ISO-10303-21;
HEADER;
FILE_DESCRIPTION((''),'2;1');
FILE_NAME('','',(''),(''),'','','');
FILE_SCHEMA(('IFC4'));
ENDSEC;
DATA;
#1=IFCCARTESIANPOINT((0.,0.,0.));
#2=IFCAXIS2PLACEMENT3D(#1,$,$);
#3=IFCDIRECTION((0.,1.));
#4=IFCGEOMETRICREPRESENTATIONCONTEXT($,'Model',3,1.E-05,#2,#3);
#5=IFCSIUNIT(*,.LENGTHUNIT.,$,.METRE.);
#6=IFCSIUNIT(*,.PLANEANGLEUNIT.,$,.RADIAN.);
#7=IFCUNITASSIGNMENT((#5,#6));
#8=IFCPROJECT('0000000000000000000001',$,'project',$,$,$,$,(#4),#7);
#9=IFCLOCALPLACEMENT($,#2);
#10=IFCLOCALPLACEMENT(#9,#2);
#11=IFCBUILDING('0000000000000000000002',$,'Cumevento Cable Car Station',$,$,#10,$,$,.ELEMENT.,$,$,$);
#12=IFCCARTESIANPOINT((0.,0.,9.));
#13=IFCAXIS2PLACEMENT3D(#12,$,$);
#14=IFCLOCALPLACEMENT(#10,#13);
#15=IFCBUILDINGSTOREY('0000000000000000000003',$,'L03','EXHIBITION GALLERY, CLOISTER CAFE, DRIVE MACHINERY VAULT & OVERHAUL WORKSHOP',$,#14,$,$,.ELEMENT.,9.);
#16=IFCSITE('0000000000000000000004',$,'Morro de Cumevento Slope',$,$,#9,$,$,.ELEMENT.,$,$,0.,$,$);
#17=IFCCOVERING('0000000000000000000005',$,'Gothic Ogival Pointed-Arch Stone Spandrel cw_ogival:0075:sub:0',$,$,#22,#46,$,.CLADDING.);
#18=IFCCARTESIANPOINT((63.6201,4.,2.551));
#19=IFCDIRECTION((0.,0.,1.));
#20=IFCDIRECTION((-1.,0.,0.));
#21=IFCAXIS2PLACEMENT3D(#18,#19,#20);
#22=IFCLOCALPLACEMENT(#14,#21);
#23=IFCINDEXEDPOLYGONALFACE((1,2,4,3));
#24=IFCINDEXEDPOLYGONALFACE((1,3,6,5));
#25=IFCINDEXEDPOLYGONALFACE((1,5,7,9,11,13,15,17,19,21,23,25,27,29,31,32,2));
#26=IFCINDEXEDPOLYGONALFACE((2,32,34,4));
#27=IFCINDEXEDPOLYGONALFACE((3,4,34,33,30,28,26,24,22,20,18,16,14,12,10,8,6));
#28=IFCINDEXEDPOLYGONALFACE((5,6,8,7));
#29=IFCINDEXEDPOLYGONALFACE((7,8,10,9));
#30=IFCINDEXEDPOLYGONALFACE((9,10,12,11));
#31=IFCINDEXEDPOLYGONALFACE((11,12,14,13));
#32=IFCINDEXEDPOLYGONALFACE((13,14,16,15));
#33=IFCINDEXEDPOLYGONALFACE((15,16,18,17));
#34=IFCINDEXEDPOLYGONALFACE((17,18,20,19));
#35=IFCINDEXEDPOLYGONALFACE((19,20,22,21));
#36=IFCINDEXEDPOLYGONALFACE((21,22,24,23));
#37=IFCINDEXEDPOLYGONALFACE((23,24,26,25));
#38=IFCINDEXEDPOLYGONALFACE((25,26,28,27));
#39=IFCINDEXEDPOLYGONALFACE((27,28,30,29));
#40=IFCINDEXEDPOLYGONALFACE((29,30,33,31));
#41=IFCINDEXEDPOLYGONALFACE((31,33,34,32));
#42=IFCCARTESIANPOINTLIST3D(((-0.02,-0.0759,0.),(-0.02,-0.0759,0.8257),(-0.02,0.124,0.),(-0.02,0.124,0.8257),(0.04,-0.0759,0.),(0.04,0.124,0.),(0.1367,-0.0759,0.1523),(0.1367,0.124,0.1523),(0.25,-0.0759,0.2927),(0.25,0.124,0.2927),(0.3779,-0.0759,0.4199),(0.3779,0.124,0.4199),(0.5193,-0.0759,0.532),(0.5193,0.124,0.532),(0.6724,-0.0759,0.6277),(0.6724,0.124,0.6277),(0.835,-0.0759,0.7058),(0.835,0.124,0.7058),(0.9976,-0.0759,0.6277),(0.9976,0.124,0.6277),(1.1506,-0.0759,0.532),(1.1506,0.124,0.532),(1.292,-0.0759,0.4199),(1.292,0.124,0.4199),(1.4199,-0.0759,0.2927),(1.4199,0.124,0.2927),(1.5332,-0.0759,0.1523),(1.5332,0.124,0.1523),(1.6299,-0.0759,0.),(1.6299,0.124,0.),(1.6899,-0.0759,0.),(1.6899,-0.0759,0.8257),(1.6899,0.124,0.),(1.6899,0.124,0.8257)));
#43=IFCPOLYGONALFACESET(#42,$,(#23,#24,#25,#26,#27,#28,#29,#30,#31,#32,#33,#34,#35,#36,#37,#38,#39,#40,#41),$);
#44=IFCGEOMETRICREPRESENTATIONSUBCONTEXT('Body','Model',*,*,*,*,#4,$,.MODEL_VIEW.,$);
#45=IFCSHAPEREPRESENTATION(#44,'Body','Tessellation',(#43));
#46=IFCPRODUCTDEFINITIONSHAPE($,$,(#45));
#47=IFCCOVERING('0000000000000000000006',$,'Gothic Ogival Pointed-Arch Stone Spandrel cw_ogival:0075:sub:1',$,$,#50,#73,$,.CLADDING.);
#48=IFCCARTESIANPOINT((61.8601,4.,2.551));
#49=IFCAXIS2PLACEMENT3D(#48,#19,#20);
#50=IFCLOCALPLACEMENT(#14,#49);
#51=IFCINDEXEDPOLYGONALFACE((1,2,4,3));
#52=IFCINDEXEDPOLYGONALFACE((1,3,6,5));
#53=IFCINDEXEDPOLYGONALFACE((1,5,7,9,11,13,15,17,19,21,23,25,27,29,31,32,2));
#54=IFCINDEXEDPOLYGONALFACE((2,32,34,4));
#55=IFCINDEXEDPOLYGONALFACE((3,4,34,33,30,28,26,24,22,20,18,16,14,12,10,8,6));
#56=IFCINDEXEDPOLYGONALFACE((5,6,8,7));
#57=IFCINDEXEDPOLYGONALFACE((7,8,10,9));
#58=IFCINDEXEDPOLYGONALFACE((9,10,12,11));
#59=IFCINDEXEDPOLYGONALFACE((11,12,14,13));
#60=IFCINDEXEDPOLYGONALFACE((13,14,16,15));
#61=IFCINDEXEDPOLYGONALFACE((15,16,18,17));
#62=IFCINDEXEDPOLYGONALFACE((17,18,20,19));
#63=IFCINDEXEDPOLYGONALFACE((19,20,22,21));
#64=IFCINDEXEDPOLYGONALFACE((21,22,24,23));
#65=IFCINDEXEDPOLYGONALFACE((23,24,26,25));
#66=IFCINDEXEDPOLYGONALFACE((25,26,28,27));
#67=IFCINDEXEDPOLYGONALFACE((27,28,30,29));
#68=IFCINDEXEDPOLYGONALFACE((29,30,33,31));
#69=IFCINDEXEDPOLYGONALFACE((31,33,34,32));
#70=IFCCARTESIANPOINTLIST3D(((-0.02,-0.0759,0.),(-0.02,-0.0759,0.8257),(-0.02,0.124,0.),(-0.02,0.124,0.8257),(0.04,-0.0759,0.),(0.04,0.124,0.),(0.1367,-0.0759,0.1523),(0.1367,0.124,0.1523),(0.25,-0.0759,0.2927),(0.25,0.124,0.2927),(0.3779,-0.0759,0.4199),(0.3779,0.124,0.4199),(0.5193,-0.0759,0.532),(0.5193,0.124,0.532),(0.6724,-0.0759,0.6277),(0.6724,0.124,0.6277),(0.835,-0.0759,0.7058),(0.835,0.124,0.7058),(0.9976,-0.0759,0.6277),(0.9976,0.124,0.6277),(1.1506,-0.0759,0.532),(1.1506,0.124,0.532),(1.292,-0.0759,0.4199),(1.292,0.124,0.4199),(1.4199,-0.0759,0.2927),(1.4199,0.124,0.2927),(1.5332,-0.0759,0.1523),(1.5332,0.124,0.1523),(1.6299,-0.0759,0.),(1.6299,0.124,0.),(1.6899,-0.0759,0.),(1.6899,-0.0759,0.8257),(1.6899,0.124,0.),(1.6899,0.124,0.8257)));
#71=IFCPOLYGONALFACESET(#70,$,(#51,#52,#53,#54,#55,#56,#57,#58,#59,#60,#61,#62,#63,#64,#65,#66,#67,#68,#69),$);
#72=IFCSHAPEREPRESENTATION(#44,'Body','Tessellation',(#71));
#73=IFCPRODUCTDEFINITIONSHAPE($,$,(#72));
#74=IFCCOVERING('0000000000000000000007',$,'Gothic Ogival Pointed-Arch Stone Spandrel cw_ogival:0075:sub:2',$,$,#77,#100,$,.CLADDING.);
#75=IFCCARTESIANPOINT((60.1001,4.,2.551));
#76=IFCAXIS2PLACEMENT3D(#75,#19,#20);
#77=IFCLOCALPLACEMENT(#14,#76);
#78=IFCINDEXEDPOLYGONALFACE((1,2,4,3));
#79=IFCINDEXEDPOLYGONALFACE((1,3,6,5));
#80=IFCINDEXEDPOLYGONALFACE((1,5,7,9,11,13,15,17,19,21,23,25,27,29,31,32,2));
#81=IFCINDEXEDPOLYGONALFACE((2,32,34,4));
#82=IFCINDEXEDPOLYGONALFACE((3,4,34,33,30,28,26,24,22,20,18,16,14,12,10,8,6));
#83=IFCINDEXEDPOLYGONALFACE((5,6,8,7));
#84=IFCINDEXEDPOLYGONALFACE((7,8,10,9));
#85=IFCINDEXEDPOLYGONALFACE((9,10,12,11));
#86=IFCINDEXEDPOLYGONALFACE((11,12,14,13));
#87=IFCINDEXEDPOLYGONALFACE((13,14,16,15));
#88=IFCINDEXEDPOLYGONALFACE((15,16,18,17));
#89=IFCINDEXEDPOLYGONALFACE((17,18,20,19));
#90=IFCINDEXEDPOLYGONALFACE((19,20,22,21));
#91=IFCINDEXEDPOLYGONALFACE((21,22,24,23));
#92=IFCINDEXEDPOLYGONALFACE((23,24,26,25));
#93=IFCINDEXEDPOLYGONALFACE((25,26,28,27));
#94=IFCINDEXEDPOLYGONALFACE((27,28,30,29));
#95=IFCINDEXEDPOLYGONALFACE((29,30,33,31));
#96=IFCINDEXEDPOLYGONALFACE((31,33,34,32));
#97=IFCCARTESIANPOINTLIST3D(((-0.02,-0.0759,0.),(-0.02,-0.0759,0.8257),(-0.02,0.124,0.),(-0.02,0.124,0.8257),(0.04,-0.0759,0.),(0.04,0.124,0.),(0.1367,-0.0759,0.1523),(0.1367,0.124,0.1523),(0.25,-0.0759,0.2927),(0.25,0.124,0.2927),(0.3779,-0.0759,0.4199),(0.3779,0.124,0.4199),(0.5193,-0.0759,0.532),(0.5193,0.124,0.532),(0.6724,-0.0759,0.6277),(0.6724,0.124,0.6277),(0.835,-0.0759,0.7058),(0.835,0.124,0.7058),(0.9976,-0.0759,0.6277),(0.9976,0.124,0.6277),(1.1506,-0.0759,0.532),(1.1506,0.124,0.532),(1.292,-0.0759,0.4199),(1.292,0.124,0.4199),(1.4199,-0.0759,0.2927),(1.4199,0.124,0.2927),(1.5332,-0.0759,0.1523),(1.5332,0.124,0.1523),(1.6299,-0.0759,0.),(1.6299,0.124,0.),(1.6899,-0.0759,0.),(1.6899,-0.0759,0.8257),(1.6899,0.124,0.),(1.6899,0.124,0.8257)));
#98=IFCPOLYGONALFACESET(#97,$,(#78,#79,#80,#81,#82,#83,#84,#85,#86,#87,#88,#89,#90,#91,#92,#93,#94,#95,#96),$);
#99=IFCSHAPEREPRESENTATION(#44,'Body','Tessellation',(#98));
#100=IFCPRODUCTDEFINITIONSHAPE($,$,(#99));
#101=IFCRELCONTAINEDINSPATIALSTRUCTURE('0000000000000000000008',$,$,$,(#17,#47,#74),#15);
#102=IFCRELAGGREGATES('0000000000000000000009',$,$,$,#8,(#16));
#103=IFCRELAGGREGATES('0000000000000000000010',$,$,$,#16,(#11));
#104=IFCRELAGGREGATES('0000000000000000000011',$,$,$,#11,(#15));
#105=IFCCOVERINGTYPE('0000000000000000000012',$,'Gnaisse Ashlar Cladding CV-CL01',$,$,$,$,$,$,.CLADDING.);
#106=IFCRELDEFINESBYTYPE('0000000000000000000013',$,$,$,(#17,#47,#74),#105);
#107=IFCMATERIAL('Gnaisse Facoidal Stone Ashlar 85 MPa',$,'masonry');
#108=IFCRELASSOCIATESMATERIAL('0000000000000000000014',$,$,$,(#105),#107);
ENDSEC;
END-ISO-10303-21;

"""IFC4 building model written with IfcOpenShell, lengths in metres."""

from ifc_helpers import new_model, si_unit, direction, frame, origin, place, context, subcontext, project, spatial, polyline, outline, extrude, material, type_object, element, save


model = new_model("IFC4")

# Units and contexts
model_context = context("Model", 3, precision=1e-05, world=origin(), true_north=direction((0.0, 1.0)))
body_context = subcontext(model_context, "Body", "Model", "MODEL_VIEW")
ifc_project = project(units=[si_unit("LENGTHUNIT", "METRE"), si_unit("PLANEANGLEUNIT", "RADIAN")], contexts=[model_context])

# Site, building, storey
site_placement = place(None, origin())
site = spatial("IfcSite", under=ifc_project, at=site_placement, Name="Morro de Cumevento Slope", CompositionType="ELEMENT", RefElevation=0.0)
building_placement = place(site_placement, origin())
building = spatial("IfcBuilding", under=site, at=building_placement, Name="Cumevento Cable Car Station", CompositionType="ELEMENT")
storey_placement = place(building_placement, frame((0.0, 0.0, 9.0)))
storey = spatial("IfcBuildingStorey", under=building, at=storey_placement, Name="L03", Description="EXHIBITION GALLERY, CLOISTER CAFE, DRIVE MACHINERY VAULT & OVERHAUL WORKSHOP", CompositionType="ELEMENT", Elevation=9.0)

# Coverings
ifc_material_1 = material(Name="Gnaisse Facoidal Stone Ashlar 85 MPa", Category="masonry")
covering_type = type_object("IfcCoveringType", Name="Gnaisse Ashlar Cladding CV-CL01", PredefinedType="CLADDING", material=ifc_material_1)
for number, where, z_axis, x_axis, name in (
    (1, (63.6201, 4.0, 2.551), (0.0, 0.0, 1.0), (-1.0, 0.0, 0.0), "Gothic Ogival Pointed-Arch Stone Spandrel cw_ogival:0075:sub:0"),
    (2, (61.8601, 4.0, 2.551), (0.0, 0.0, 1.0), (-1.0, 0.0, 0.0), "Gothic Ogival Pointed-Arch Stone Spandrel cw_ogival:0075:sub:1"),
    (3, (60.1001, 4.0, 2.551), (0.0, 0.0, 1.0), (-1.0, 0.0, 0.0), "Gothic Ogival Pointed-Arch Stone Spandrel cw_ogival:0075:sub:2"),
):
    element("IfcCovering", number, at=place(storey_placement, frame(where, z_axis=z_axis, x_axis=x_axis)), inside=storey, type_object=covering_type, Name=name, PredefinedType="CLADDING", context=body_context, shape_type="SweptSolid", body=[
        extrude(outline(polyline([(-0.02, 0.0), (-0.02, 0.8257), (1.6899, 0.8257), (1.6899, 0.0), (1.6299, 0.0), (1.5332, 0.1523), (1.4199, 0.2927), (1.292, 0.4199), (1.1506, 0.532), (0.9976, 0.6277), (0.835, 0.7058), (0.6724, 0.6277), (0.5193, 0.532), (0.3779, 0.4199), (0.25, 0.2927), (0.1367, 0.1523), (0.04, 0.0), (-0.02, 0.0)])), frame((0.0, 0.124, 0.0), z_axis=(0.0, -1.0, 0.0), x_axis=(1.0, 0.0, 0.0)), (0.0, 0.0, 1.0), 0.2),
    ])

save(model, "model.ifc")
